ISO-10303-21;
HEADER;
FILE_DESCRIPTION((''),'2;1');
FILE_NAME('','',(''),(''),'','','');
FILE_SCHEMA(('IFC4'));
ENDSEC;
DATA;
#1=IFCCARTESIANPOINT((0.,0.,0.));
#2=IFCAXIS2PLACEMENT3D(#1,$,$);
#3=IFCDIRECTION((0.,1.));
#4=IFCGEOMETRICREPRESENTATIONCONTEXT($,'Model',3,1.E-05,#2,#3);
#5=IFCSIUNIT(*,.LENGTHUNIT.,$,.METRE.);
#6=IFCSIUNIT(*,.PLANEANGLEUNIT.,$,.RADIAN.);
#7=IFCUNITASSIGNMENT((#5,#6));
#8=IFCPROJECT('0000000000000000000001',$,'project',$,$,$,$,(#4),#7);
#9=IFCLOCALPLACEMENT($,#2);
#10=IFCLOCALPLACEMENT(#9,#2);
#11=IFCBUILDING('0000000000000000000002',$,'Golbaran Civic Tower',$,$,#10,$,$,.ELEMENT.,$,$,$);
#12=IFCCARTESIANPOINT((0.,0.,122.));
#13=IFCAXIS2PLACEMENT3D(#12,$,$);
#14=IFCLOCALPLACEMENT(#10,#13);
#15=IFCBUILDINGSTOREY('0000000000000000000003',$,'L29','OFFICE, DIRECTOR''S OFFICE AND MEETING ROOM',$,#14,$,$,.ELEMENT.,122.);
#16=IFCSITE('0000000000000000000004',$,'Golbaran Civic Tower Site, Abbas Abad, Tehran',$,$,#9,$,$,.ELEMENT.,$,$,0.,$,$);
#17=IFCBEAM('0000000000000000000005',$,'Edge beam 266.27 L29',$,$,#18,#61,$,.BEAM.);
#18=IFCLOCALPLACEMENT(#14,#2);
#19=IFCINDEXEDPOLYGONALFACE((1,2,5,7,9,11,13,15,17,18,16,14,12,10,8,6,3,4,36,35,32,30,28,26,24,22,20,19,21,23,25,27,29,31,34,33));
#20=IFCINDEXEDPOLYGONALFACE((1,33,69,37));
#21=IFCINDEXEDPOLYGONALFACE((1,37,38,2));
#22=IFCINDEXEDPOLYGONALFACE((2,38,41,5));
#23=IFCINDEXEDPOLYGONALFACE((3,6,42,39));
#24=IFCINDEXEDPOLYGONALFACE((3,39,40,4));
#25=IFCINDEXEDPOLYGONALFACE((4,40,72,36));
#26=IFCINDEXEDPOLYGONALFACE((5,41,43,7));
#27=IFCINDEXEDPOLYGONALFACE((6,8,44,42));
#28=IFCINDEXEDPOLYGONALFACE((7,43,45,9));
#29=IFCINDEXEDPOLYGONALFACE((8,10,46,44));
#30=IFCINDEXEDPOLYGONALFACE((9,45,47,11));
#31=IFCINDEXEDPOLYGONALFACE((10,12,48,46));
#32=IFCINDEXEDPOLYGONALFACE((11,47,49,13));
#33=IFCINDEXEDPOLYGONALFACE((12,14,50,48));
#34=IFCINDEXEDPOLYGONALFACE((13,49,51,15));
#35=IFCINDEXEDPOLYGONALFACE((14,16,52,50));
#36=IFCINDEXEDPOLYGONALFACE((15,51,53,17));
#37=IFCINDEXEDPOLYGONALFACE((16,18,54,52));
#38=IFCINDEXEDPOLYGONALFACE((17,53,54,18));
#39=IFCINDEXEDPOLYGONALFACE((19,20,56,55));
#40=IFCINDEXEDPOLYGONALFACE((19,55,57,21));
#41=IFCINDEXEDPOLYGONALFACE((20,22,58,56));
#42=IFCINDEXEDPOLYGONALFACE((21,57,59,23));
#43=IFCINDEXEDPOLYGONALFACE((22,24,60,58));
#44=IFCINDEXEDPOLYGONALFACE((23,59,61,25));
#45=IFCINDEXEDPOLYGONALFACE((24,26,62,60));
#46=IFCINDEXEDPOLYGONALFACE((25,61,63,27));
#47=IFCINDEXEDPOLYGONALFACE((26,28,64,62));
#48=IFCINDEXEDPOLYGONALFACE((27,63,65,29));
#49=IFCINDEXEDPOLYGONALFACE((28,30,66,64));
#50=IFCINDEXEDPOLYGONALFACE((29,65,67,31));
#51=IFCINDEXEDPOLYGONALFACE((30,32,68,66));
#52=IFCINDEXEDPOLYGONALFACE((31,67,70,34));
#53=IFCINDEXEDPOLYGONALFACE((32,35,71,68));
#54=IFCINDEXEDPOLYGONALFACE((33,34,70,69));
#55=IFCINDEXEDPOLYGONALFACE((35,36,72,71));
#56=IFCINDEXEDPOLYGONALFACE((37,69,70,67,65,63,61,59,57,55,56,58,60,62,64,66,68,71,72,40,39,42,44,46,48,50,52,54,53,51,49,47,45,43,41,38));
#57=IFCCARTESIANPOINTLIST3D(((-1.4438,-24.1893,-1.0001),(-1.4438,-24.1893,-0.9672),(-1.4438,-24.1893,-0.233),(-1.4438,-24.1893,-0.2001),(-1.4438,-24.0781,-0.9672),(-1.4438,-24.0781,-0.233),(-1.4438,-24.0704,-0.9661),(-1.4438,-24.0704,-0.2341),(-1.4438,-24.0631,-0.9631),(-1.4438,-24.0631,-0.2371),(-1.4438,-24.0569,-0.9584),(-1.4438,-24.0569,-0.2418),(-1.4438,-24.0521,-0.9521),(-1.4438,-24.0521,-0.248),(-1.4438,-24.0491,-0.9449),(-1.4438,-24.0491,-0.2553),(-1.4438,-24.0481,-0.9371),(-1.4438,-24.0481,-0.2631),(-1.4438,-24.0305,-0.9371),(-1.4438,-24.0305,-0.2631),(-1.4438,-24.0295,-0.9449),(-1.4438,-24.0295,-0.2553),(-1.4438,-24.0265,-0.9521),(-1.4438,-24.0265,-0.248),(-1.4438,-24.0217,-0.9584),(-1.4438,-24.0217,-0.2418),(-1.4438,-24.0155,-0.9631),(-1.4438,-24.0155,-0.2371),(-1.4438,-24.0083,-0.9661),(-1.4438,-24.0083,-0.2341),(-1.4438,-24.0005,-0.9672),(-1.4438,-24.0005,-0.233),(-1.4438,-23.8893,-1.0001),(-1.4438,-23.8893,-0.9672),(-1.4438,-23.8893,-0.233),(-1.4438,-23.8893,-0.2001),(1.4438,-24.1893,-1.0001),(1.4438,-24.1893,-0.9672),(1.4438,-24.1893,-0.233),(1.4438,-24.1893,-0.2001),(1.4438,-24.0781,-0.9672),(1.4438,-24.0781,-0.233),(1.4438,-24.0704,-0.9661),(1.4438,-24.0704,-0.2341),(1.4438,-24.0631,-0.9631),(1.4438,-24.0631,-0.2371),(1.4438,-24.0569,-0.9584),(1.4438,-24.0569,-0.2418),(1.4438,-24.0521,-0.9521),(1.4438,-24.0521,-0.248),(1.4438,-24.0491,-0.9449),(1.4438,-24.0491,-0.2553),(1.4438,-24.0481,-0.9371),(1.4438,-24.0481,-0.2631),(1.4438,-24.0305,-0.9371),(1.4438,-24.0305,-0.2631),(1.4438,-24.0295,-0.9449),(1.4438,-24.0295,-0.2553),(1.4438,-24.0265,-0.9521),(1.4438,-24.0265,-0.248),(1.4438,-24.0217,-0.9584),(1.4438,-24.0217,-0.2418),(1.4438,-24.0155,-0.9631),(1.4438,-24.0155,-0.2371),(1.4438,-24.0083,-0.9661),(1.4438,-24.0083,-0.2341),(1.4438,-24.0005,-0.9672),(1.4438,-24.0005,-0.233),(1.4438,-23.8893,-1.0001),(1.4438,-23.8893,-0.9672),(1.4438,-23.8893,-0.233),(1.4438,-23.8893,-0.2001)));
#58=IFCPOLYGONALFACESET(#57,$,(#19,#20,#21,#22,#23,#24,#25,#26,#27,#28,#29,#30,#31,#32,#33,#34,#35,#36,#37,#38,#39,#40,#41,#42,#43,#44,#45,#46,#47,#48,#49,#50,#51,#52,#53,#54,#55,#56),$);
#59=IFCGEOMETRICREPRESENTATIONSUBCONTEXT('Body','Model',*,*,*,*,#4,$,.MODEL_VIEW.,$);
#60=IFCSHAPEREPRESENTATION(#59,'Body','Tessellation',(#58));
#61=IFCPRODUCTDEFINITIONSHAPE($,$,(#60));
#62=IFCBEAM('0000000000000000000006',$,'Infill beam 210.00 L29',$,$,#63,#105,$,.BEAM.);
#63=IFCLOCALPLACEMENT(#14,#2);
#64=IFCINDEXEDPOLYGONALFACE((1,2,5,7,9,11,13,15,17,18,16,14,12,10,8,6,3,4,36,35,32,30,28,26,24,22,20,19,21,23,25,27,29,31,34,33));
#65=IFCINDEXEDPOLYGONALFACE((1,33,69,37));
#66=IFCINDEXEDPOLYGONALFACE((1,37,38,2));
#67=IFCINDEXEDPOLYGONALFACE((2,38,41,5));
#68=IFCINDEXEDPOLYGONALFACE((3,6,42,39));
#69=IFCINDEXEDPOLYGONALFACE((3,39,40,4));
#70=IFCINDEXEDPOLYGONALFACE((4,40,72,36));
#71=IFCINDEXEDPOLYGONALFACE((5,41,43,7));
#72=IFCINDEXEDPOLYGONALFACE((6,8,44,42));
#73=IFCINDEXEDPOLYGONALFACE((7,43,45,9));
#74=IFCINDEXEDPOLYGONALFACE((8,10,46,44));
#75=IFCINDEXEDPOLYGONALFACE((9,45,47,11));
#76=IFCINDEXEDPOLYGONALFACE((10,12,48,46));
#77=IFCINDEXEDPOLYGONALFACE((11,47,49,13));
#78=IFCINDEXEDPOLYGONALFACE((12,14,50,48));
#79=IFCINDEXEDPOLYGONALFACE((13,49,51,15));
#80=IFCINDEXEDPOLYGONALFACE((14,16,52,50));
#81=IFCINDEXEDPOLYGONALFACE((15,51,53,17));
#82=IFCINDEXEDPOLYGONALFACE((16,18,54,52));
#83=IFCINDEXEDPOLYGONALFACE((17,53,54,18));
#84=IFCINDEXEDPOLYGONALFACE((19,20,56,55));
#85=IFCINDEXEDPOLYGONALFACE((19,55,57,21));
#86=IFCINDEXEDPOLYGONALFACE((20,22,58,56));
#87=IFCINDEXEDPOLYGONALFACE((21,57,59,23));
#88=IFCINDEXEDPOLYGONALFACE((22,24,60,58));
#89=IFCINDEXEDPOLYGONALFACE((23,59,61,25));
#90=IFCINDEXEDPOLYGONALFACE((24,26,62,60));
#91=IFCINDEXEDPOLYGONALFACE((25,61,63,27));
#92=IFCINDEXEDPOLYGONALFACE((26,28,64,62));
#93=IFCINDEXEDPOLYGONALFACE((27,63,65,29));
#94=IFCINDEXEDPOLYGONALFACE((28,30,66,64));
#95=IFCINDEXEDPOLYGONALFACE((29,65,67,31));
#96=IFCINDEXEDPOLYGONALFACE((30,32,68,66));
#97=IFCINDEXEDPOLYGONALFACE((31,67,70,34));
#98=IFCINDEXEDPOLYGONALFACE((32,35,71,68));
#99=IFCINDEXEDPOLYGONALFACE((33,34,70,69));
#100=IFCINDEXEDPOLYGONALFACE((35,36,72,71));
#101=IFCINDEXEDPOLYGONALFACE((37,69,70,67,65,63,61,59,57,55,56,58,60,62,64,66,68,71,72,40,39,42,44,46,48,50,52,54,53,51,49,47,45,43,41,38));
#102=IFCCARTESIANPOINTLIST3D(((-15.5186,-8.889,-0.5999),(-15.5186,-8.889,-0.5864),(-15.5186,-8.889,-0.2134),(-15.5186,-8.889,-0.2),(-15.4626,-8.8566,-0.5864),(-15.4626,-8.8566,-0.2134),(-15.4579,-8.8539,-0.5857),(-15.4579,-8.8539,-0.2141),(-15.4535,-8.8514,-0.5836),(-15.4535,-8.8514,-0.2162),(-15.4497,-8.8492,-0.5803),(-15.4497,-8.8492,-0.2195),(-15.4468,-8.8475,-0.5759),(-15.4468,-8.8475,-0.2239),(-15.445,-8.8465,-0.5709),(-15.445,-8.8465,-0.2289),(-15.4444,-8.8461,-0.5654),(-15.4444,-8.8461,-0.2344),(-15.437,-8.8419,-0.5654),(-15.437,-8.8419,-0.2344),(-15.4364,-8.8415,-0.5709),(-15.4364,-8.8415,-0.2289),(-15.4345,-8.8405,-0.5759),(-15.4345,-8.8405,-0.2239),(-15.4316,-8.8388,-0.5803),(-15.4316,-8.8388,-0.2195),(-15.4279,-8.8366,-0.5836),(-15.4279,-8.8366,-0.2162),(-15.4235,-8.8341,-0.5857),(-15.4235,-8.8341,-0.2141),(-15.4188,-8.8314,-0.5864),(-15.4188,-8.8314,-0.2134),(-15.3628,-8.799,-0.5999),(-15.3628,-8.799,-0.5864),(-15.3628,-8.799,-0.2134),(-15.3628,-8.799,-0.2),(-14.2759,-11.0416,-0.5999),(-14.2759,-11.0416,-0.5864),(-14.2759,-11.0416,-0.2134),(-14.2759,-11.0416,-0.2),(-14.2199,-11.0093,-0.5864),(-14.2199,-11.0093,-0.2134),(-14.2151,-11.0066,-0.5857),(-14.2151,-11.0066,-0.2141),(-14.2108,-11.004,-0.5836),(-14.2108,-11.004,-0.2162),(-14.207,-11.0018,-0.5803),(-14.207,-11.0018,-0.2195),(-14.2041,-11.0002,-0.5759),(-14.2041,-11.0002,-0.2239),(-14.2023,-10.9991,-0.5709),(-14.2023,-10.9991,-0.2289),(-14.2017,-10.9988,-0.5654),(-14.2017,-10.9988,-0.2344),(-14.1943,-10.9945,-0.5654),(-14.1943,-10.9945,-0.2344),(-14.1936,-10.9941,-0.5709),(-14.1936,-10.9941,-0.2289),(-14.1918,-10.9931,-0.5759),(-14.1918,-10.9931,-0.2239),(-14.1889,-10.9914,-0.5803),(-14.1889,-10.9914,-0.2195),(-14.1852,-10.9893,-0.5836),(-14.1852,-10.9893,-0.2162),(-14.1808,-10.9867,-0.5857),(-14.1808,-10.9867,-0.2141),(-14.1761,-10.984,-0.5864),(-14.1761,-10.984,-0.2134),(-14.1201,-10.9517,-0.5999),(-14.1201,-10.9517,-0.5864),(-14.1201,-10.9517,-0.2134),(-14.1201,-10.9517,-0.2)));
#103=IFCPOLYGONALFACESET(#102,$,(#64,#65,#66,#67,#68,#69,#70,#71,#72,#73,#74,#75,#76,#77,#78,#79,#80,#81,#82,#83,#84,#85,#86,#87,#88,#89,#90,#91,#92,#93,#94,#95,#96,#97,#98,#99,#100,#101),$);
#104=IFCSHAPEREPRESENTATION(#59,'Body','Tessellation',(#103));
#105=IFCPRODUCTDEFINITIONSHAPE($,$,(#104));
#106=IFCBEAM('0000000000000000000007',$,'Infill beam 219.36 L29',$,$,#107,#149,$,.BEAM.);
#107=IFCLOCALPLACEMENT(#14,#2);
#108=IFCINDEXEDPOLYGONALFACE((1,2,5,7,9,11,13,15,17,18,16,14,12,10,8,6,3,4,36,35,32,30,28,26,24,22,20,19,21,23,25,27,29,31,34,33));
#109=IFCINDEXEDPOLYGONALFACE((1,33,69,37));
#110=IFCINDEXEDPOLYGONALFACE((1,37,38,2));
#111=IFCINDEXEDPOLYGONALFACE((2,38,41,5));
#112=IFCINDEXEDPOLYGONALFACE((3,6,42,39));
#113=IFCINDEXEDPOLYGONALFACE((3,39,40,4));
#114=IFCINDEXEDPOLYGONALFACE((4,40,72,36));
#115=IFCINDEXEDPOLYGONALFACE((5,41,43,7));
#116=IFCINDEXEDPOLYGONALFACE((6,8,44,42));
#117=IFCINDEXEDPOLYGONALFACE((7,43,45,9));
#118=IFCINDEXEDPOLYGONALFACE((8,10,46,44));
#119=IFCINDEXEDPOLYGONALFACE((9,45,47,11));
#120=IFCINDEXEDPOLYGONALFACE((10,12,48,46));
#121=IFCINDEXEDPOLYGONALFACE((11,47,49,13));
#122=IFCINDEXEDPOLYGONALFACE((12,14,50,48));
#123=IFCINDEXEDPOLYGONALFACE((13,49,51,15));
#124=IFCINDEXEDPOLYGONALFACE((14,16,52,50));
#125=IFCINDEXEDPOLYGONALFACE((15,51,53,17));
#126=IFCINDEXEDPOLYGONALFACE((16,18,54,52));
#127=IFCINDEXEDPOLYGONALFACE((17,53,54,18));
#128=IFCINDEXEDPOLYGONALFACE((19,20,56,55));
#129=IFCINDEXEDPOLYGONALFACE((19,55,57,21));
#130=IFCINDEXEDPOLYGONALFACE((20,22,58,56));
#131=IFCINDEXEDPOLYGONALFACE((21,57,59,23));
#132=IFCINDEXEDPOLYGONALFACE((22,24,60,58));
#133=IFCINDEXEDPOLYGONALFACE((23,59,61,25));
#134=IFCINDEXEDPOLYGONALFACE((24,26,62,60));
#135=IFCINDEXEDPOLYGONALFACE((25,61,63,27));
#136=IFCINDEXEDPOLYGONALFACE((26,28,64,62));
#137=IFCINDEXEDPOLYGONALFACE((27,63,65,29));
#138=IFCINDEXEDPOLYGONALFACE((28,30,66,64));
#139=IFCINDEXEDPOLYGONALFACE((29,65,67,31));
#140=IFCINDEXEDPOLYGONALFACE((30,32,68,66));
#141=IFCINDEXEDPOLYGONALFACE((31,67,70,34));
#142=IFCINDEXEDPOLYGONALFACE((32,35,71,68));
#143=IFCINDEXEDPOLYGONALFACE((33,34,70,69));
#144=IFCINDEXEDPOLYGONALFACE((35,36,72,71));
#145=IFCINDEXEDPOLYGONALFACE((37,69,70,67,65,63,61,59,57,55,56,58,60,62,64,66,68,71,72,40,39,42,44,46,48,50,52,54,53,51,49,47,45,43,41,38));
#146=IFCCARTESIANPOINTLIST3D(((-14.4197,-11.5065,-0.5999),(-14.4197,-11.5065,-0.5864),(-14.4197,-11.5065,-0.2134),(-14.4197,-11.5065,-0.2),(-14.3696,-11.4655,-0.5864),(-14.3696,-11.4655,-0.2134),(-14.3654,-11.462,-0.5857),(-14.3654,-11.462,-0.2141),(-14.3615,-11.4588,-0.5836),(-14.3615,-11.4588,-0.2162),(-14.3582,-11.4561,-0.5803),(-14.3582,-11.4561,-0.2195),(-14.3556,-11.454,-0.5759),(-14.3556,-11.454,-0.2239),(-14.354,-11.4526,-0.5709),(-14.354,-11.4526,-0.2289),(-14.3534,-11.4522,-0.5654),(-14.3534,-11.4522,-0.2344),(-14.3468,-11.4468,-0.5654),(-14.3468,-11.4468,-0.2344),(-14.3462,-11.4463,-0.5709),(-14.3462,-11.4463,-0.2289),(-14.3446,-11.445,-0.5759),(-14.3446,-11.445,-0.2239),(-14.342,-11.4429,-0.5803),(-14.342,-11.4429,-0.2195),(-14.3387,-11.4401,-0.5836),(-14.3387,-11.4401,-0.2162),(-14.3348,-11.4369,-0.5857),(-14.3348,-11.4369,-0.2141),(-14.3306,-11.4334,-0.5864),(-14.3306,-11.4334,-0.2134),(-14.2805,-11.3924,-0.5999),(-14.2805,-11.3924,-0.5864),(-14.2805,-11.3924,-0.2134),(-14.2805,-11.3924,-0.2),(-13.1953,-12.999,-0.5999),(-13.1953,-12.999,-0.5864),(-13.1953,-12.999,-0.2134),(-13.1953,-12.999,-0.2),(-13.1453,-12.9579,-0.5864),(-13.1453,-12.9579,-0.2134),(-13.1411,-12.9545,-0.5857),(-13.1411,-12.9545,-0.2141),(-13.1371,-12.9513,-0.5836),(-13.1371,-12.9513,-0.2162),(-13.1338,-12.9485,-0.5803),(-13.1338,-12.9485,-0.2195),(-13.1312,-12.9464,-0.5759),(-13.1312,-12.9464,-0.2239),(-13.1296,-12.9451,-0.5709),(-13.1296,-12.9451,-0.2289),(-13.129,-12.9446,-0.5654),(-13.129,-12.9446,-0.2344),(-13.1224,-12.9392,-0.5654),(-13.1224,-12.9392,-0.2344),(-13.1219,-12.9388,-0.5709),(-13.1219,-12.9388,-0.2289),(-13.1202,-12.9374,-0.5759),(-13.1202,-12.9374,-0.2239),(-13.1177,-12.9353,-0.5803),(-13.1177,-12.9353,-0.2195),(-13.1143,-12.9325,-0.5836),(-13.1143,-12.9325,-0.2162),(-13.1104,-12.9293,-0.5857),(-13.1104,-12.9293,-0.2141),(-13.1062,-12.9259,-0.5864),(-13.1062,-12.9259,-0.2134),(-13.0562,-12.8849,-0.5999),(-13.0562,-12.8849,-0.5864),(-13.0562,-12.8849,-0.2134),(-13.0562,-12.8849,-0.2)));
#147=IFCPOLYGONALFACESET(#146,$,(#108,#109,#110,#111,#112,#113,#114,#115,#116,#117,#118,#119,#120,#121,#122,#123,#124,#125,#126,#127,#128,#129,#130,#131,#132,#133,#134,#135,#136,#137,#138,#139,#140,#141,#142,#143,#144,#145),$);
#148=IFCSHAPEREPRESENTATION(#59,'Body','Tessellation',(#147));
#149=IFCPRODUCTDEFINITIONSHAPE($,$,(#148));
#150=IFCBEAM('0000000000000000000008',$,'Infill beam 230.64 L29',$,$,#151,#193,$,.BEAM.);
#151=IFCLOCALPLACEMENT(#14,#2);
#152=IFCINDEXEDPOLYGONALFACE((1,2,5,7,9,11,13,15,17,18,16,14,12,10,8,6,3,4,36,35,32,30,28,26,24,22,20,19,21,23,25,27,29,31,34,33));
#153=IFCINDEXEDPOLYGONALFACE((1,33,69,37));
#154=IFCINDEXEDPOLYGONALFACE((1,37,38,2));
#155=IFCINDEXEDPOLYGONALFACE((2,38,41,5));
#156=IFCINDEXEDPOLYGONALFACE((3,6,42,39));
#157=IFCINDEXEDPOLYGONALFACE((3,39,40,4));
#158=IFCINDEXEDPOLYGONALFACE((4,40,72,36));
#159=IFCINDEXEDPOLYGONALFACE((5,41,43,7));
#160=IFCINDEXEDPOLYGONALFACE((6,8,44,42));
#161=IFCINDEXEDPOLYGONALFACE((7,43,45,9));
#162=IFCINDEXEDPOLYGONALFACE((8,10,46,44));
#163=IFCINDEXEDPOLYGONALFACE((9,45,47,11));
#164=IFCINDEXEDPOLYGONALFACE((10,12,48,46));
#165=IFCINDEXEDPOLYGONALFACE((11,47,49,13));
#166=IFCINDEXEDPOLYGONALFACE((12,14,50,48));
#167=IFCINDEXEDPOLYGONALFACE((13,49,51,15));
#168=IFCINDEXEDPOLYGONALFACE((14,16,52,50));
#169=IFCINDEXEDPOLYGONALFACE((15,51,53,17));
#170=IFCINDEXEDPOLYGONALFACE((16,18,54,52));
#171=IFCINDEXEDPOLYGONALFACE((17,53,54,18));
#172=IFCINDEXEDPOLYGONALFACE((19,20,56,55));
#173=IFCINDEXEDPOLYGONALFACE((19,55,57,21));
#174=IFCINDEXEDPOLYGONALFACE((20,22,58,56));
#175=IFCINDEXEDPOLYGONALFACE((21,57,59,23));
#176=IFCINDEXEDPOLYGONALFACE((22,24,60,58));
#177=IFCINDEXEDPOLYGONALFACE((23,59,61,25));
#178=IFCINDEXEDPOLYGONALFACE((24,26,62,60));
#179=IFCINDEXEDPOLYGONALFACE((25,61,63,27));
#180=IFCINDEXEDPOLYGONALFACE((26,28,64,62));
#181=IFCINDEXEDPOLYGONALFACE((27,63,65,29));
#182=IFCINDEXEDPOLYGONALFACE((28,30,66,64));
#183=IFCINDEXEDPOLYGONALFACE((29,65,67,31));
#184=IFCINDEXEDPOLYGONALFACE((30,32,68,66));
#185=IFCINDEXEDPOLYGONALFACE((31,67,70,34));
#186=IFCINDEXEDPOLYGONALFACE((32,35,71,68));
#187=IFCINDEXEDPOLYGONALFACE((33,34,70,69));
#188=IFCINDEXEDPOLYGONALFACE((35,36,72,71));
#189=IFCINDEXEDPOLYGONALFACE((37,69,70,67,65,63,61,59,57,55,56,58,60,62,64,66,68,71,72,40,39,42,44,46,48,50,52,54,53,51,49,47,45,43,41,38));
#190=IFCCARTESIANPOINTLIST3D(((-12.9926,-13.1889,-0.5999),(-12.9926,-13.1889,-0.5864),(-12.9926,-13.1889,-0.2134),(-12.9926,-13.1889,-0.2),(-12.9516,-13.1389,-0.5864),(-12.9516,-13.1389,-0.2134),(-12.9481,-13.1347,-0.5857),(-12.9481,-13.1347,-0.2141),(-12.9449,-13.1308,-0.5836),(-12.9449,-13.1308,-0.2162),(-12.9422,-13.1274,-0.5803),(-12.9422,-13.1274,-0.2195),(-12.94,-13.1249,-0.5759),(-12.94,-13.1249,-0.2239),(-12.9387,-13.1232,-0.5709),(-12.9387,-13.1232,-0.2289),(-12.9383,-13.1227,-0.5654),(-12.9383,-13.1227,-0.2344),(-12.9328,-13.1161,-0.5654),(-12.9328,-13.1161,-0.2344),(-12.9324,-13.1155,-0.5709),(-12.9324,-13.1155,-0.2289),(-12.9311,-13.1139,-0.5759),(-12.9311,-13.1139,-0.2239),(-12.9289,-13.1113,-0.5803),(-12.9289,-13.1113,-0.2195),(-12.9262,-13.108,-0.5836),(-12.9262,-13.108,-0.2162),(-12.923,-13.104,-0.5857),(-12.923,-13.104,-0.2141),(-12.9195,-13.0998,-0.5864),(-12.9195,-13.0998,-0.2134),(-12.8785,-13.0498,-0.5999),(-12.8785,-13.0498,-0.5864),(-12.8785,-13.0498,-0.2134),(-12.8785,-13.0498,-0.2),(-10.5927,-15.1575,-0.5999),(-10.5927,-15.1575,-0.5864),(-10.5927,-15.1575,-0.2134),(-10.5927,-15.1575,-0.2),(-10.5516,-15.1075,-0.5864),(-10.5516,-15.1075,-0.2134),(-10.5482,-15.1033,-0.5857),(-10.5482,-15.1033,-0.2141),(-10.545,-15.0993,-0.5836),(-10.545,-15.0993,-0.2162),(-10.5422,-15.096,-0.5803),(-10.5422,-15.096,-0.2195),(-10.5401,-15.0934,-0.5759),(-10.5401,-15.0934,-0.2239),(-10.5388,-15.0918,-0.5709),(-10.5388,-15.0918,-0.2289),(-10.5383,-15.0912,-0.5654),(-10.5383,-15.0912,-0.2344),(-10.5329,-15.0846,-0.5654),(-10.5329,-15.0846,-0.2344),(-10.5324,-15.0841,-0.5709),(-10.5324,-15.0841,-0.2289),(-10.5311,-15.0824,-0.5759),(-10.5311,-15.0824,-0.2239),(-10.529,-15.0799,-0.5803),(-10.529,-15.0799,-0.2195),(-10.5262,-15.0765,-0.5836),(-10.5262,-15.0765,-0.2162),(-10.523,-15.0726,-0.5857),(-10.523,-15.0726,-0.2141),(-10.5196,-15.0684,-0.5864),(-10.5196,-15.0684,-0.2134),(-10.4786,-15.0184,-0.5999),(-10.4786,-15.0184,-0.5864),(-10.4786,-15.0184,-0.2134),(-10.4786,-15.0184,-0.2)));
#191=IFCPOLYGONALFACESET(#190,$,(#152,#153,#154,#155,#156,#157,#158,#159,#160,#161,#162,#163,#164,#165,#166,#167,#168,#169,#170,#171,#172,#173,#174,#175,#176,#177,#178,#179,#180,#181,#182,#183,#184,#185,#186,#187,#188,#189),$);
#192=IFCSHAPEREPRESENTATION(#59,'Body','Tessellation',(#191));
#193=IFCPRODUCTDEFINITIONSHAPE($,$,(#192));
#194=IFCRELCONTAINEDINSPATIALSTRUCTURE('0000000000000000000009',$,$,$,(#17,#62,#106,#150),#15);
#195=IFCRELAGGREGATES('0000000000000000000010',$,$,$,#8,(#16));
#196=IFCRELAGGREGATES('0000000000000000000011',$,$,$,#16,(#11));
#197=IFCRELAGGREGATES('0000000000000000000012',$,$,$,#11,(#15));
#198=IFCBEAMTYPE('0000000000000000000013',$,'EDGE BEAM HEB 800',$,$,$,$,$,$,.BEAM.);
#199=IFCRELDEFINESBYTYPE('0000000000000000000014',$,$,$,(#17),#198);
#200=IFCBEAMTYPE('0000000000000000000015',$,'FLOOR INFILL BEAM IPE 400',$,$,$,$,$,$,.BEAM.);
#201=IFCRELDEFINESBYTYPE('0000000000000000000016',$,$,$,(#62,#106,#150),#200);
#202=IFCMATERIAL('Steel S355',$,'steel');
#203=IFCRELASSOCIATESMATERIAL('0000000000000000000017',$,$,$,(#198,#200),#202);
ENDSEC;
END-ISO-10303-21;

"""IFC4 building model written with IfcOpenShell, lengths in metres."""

from ifc_helpers import new_model, si_unit, direction, frame, origin, origin_2d, place, context, subcontext, project, spatial, i_section, extrude, material, material_profile, profile_set, type_object, element, save


model = new_model("IFC4")

# Units and contexts
model_context = context("Model", 3, precision=1e-05, world=origin(), true_north=direction((0.0, 1.0)))
body_context = subcontext(model_context, "Body", "Model", "MODEL_VIEW")
ifc_project = project(units=[si_unit("LENGTHUNIT", "METRE"), si_unit("PLANEANGLEUNIT", "RADIAN")], contexts=[model_context])

# Site, building, storey
site_placement = place(None, origin())
site = spatial("IfcSite", under=ifc_project, at=site_placement, Name="Golbaran Civic Tower Site, Abbas Abad, Tehran", CompositionType="ELEMENT", RefElevation=0.0)
building_placement = place(site_placement, origin())
building = spatial("IfcBuilding", under=site, at=building_placement, Name="Golbaran Civic Tower", CompositionType="ELEMENT")
storey_placement = place(building_placement, frame((0.0, 0.0, 122.0)))
storey = spatial("IfcBuildingStorey", under=building, at=storey_placement, Name="L29", Description="OFFICE, DIRECTOR'S OFFICE AND MEETING ROOM", CompositionType="ELEMENT", Elevation=122.0)

# Beams
ifc_material_1 = material(Name="Steel S355", Category="steel")
ifc_material_profile_1 = material_profile(ifc_material_1, i_section(OverallWidth=0.3, OverallDepth=0.8, WebThickness=0.0176, FlangeThickness=0.033, FilletRadius=0.03, at=origin_2d()), Name="HEB 800")
ifc_profile_set_1 = profile_set([ifc_material_profile_1], Name="Steel S355")
beam_type_1 = type_object("IfcBeamType", Name="EDGE BEAM HEB 800", PredefinedType="BEAM", material=ifc_profile_set_1)
beam_1_placement = place(storey_placement, frame((-1.4438, -24.0393, -0.6001), z_axis=(1.0, 0.0, 0.0), x_axis=(0.0, 1.0, 0.0)))
element("IfcBeam", 1, at=beam_1_placement, inside=storey, type_object=beam_type_1, Name="Edge beam 266.27 L29", PredefinedType="BEAM", context=body_context, shape_type="SweptSolid", body=[
    extrude(i_section(OverallWidth=0.3, OverallDepth=0.8, WebThickness=0.0176, FlangeThickness=0.033, FilletRadius=0.03, at=origin_2d()), origin(), (0.0, 0.0, 1.0), 2.8877),
])
ifc_material_profile_2 = material_profile(ifc_material_1, i_section(OverallWidth=0.1799, OverallDepth=0.3999, WebThickness=0.0085, FlangeThickness=0.0134, FilletRadius=0.021, at=origin_2d()), Name="IPE 400")
ifc_profile_set_2 = profile_set([ifc_material_profile_2], Name="Steel S355")
beam_type_2 = type_object("IfcBeamType", Name="FLOOR INFILL BEAM IPE 400", PredefinedType="BEAM", material=ifc_profile_set_2)
beam_2_placement = place(storey_placement, frame((-15.4407, -8.844, -0.3999), z_axis=(0.499963, -0.866047, 0.0), x_axis=(0.866047, 0.499963, 0.0)))
element("IfcBeam", 2, at=beam_2_placement, inside=storey, type_object=beam_type_2, Name="Infill beam 210.00 L29", PredefinedType="BEAM", context=body_context, shape_type="SweptSolid", body=[
    extrude(i_section(OverallWidth=0.1799, OverallDepth=0.3999, WebThickness=0.0085, FlangeThickness=0.0134, FilletRadius=0.021, at=origin_2d()), origin(), (0.0, 0.0, 1.0), 2.4856),
])
beam_3_placement = place(storey_placement, frame((-14.3501, -11.4495, -0.3999), z_axis=(0.634257, -0.773123, 0.0), x_axis=(0.773123, 0.634257, 0.0)))
element("IfcBeam", 3, at=beam_3_placement, inside=storey, type_object=beam_type_2, Name="Infill beam 219.36 L29", PredefinedType="BEAM", context=body_context, shape_type="SweptSolid", body=[
    extrude(i_section(OverallWidth=0.1799, OverallDepth=0.3999, WebThickness=0.0085, FlangeThickness=0.0134, FilletRadius=0.021, at=origin_2d()), origin(), (0.0, 0.0, 1.0), 1.9304),
])
beam_4_placement = place(storey_placement, frame((-12.9355, -13.1194, -0.3999), z_axis=(0.773175, -0.634192, 0.0), x_axis=(0.634192, 0.773175, 0.0)))
element("IfcBeam", 4, at=beam_4_placement, inside=storey, type_object=beam_type_2, Name="Infill beam 230.64 L29", PredefinedType="BEAM", context=body_context, shape_type="SweptSolid", body=[
    extrude(i_section(OverallWidth=0.1799, OverallDepth=0.3999, WebThickness=0.0085, FlangeThickness=0.0134, FilletRadius=0.021, at=origin_2d()), origin(), (0.0, 0.0, 1.0), 3.104),
])

save(model, "model.ifc")
